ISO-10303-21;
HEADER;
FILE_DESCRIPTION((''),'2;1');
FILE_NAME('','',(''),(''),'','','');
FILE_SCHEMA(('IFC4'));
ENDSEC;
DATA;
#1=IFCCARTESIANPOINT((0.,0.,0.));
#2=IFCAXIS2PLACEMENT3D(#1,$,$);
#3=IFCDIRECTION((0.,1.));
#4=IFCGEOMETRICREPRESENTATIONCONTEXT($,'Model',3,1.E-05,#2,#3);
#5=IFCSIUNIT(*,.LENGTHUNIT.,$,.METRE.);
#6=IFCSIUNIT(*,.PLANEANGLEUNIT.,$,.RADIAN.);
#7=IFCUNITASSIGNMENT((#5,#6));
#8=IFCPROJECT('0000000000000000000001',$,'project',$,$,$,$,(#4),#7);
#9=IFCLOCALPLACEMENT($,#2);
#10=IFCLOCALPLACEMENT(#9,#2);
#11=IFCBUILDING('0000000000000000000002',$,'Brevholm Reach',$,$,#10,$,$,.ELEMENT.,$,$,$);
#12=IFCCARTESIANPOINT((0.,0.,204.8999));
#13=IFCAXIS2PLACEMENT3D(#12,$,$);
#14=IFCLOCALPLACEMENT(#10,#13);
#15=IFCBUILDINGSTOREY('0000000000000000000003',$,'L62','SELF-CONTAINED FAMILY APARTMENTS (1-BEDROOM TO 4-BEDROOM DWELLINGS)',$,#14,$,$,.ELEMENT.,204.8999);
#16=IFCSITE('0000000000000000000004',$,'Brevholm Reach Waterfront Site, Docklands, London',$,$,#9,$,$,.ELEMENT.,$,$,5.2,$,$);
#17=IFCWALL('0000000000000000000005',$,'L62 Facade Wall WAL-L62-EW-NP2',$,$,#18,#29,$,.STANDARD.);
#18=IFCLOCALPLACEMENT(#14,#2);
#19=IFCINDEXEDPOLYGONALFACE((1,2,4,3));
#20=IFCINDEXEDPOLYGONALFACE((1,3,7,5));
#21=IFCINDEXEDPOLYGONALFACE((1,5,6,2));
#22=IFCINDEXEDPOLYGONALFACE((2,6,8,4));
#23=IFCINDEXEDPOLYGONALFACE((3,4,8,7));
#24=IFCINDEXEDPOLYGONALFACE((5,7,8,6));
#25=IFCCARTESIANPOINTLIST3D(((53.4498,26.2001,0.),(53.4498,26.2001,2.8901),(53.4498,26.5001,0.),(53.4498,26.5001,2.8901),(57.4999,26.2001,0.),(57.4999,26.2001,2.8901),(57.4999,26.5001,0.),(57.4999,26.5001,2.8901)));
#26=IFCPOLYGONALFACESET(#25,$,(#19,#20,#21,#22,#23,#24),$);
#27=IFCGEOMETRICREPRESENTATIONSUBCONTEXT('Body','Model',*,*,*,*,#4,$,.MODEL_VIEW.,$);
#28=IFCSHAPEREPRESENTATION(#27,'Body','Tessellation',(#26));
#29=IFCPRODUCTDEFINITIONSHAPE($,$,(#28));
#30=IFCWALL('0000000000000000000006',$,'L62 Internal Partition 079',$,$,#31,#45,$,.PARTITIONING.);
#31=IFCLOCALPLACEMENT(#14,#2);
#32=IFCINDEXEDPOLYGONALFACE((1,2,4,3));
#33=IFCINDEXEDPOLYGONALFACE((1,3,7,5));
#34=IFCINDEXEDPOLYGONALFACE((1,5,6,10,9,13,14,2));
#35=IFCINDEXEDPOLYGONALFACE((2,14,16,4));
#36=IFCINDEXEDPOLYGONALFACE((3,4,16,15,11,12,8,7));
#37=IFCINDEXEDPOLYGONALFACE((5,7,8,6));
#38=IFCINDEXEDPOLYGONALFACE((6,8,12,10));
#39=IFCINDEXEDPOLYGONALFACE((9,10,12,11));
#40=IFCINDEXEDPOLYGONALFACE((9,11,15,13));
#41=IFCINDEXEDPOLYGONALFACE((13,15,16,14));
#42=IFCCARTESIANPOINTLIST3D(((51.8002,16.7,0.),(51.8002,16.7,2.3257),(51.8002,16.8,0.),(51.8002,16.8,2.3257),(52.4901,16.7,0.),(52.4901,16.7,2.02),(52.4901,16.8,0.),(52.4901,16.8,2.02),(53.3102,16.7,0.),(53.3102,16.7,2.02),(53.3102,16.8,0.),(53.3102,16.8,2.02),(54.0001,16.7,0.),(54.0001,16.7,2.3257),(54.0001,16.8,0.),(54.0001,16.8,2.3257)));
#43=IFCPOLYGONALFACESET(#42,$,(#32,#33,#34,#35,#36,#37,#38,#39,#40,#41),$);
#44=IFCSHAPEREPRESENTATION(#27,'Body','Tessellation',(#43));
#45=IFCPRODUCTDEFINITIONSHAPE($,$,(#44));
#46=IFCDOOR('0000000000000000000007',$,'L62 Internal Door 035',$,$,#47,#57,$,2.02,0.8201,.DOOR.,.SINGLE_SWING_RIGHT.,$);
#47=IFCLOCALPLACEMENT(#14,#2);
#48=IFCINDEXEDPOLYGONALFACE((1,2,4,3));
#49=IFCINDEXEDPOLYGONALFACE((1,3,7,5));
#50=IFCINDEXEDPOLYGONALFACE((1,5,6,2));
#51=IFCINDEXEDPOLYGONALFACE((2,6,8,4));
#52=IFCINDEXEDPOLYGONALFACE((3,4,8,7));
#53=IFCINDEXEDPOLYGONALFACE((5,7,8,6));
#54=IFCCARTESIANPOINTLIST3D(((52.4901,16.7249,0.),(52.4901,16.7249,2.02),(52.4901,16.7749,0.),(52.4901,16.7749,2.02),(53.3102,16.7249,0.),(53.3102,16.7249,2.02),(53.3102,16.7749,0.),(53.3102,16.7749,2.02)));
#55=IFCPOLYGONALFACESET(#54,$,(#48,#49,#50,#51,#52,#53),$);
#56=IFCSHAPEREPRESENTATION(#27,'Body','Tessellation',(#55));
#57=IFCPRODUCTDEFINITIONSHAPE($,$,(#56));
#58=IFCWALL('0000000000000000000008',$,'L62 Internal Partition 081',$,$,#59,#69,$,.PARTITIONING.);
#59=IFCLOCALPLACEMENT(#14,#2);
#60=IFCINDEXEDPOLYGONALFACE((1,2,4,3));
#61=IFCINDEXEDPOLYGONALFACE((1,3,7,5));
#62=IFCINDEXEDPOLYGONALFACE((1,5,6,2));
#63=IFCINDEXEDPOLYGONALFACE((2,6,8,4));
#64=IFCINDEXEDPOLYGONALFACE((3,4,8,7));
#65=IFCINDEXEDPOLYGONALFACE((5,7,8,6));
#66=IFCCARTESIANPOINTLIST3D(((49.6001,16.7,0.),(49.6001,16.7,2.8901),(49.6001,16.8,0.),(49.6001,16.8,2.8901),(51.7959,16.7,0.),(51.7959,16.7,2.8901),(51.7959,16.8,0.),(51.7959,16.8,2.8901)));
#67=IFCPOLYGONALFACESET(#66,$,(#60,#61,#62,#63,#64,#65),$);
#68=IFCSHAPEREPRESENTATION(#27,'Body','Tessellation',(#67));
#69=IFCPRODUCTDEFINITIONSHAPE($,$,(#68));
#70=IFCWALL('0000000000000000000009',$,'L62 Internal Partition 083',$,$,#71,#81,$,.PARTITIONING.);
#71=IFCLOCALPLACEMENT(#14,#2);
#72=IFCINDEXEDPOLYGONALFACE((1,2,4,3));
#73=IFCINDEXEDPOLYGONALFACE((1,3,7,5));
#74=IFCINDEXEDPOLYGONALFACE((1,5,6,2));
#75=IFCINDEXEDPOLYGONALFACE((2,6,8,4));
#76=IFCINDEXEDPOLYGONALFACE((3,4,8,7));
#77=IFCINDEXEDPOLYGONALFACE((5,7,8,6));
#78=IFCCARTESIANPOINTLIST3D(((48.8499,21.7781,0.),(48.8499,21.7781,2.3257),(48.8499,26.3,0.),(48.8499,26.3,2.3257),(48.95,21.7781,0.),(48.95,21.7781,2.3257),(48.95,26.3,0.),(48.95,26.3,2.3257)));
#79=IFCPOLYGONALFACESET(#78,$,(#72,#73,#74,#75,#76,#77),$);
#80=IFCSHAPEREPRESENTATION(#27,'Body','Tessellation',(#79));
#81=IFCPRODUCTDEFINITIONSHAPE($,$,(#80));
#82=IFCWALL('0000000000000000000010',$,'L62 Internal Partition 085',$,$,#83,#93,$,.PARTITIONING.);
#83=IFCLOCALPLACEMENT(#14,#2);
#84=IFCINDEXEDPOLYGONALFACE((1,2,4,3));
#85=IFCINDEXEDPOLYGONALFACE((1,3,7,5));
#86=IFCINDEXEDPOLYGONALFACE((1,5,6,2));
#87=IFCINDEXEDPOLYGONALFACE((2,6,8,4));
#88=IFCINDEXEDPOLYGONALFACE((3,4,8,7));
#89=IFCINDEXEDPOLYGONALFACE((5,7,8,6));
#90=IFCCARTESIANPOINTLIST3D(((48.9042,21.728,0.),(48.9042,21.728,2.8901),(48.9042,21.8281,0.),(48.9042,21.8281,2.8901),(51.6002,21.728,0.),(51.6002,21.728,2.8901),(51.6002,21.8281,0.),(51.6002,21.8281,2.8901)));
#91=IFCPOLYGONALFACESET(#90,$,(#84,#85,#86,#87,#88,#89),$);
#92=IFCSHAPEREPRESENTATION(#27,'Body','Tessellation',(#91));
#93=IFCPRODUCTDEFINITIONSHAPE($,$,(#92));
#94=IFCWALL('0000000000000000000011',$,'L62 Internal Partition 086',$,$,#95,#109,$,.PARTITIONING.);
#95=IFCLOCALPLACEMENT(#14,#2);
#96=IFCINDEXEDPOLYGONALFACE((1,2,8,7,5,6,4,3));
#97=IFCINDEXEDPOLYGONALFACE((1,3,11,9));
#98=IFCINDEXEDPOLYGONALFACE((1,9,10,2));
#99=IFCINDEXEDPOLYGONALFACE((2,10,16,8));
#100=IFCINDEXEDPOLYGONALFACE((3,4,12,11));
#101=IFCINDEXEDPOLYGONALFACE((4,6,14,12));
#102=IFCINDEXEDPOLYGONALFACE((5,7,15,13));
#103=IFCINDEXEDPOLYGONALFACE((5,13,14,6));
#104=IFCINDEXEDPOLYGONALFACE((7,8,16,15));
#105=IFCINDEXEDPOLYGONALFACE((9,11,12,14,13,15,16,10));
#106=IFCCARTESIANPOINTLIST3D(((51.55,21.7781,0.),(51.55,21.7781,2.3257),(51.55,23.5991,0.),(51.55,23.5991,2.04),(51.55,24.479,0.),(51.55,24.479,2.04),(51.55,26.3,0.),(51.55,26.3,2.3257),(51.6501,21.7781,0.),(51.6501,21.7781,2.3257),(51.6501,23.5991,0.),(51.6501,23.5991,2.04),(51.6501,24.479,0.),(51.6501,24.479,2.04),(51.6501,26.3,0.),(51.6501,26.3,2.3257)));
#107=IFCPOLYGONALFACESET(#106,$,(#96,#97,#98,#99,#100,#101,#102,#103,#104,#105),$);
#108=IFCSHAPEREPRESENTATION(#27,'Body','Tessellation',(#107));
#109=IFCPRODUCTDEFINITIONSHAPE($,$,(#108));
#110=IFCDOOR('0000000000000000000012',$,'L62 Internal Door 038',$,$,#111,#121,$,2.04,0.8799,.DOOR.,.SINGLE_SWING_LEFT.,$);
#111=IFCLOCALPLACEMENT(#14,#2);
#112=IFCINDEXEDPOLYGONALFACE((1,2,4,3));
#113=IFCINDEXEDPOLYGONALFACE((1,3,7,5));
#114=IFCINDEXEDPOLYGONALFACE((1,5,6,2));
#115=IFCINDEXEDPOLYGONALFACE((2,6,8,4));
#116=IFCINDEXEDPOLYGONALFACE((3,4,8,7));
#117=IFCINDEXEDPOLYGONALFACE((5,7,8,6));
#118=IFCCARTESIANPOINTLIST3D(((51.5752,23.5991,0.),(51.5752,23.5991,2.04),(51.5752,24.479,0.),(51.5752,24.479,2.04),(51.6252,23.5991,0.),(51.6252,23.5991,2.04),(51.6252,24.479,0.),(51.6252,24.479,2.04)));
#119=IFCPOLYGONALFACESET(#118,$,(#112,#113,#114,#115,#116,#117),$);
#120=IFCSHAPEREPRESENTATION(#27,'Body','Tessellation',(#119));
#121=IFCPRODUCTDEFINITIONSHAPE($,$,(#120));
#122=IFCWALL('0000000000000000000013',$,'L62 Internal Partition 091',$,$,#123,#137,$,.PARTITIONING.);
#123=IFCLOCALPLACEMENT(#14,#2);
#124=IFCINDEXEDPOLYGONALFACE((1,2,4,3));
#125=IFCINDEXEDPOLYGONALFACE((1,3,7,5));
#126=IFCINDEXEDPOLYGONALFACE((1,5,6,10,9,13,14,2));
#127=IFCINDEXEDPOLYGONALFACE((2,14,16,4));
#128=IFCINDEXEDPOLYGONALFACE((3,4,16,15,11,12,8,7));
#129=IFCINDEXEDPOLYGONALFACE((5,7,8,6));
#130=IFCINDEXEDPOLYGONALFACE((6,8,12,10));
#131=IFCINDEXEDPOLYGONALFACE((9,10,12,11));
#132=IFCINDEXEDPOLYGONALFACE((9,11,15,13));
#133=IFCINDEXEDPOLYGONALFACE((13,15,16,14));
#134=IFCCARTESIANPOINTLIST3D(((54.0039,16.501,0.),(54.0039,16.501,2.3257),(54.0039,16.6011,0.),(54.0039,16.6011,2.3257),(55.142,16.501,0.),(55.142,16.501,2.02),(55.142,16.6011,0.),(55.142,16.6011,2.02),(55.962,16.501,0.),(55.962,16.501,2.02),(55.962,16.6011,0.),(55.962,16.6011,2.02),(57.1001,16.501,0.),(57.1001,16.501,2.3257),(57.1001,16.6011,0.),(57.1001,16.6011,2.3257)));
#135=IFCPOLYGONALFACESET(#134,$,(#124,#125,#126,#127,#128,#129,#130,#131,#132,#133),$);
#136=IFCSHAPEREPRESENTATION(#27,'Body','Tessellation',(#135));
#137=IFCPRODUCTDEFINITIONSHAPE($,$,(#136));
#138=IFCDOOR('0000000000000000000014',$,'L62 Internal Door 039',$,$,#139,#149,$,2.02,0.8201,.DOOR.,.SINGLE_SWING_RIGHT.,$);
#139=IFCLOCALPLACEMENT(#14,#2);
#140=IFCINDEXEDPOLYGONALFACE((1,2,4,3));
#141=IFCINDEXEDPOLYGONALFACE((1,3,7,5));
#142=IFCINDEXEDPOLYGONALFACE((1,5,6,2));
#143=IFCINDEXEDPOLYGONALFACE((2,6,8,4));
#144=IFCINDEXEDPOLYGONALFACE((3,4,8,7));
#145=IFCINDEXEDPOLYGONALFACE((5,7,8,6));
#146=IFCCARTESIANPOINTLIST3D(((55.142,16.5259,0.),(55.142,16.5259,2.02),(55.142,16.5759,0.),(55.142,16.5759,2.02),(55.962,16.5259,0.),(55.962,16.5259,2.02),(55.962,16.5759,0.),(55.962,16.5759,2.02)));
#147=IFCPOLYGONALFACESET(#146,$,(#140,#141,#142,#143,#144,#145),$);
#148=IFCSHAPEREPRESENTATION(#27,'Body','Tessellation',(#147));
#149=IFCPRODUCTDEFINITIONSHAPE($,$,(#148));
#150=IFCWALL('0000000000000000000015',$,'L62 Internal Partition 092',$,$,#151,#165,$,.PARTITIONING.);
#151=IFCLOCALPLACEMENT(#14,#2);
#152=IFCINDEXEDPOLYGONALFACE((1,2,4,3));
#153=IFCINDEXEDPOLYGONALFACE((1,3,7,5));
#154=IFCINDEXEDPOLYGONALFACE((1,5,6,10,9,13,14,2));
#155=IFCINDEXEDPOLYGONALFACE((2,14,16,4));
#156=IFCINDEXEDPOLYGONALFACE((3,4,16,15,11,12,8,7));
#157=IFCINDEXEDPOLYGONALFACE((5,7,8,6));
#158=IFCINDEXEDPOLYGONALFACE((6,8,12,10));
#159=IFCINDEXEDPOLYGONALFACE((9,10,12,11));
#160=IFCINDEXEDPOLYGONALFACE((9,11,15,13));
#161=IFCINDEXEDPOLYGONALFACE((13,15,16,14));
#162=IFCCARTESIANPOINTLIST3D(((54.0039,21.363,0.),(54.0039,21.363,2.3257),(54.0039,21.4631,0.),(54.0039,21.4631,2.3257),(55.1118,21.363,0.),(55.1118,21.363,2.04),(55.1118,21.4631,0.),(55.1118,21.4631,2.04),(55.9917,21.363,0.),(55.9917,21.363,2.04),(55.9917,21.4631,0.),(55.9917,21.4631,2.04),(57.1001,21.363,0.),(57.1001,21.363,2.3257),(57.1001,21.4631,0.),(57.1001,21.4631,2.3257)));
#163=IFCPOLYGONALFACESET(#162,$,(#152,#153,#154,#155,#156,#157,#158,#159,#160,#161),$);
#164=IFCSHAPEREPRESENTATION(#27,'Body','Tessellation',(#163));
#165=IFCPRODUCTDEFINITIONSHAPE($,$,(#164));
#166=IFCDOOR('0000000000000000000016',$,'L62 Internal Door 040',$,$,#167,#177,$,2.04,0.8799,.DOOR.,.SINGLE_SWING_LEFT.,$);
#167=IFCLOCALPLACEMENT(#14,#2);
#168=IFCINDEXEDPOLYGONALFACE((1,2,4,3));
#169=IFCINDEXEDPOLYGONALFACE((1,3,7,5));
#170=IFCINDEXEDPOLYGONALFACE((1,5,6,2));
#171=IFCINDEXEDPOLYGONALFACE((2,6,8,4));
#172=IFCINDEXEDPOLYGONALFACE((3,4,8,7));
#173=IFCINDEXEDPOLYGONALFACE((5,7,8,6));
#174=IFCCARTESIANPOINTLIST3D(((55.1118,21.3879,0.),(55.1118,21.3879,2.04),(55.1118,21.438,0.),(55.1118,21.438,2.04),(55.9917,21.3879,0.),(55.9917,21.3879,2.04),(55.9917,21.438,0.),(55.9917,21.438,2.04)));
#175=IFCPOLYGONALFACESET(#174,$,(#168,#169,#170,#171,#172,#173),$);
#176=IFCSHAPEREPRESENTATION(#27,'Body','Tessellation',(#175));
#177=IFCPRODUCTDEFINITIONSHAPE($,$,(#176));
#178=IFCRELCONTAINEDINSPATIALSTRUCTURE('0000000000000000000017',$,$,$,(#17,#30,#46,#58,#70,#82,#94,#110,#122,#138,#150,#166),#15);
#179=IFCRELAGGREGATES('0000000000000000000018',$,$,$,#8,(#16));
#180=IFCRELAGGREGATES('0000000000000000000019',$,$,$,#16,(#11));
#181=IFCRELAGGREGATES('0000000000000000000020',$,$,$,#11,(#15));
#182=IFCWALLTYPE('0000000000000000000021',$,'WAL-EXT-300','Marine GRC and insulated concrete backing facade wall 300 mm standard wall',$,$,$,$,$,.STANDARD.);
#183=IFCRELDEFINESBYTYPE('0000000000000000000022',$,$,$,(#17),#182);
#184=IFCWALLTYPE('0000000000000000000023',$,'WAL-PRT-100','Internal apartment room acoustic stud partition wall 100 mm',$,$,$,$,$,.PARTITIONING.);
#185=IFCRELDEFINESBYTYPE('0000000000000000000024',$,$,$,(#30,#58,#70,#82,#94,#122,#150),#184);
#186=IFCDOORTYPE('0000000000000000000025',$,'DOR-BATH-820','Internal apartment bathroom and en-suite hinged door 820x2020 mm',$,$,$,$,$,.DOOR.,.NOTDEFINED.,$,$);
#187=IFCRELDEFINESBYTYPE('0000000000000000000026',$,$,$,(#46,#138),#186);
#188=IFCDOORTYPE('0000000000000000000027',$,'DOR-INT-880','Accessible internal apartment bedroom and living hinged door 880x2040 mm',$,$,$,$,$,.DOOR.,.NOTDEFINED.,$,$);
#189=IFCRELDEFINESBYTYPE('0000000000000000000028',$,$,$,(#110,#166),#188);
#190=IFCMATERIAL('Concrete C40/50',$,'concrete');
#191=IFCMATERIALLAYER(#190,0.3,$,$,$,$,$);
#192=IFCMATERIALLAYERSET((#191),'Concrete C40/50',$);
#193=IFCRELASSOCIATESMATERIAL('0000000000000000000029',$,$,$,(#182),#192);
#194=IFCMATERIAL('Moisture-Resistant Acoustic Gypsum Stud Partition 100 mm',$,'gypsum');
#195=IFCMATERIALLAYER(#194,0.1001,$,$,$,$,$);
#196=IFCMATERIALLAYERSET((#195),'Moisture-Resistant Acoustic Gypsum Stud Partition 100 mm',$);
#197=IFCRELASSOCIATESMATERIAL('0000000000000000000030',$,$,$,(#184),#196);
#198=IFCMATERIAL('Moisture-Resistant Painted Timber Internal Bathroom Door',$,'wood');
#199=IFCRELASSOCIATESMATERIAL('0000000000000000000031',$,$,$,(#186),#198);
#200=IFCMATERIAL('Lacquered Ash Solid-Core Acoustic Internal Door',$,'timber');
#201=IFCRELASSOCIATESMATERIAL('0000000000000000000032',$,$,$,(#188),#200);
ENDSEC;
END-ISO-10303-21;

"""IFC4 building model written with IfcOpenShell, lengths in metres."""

from ifc_helpers import new_model, si_unit, direction, frame, frame_2d, origin, place, context, subcontext, project, spatial, rectangle, extrude, material, layer, layer_set, type_object, element, fill, save


model = new_model("IFC4")

# Units and contexts
model_context = context("Model", 3, precision=1e-05, world=origin(), true_north=direction((0.0, 1.0)))
body_context = subcontext(model_context, "Body", "Model", "MODEL_VIEW")
ifc_project = project(units=[si_unit("LENGTHUNIT", "METRE"), si_unit("PLANEANGLEUNIT", "RADIAN")], contexts=[model_context])

# Site, building, storey
site_placement = place(None, origin())
site = spatial("IfcSite", under=ifc_project, at=site_placement, Name="Brevholm Reach Waterfront Site, Docklands, London", CompositionType="ELEMENT", RefElevation=5.2)
building_placement = place(site_placement, origin())
building = spatial("IfcBuilding", under=site, at=building_placement, Name="Brevholm Reach", CompositionType="ELEMENT")
storey_placement = place(building_placement, frame((0.0, 0.0, 204.8999)))
storey = spatial("IfcBuildingStorey", under=building, at=storey_placement, Name="L62", Description="SELF-CONTAINED FAMILY APARTMENTS (1-BEDROOM TO 4-BEDROOM DWELLINGS)", CompositionType="ELEMENT", Elevation=204.8999)

# Wall
ifc_material_1 = material(Name="Concrete C40/50", Category="concrete")
ifc_layer_1 = layer(ifc_material_1, 0.3)
ifc_layer_set_1 = layer_set([ifc_layer_1], Name="Concrete C40/50")
wall_type_1 = type_object("IfcWallType", Name="WAL-EXT-300", Description="Marine GRC and insulated concrete backing facade wall 300 mm standard wall", PredefinedType="STANDARD", material=ifc_layer_set_1)
wall_1_placement = place(storey_placement, frame((53.45, 26.3501, 0.0), z_axis=(0.0, 0.0, 1.0), x_axis=(1.0, 0.0, 0.0)))
element("IfcWall", 1, at=wall_1_placement, inside=storey, type_object=wall_type_1, Name="L62 Facade Wall WAL-L62-EW-NP2", PredefinedType="STANDARD", context=body_context, shape_type="SweptSolid", body=[
    extrude(rectangle(XDim=4.05, YDim=0.3, at=frame_2d((2.0249, 0.0))), origin(), (0.0, 0.0, 1.0), 2.8901),
])

# Wall, opening, door
ifc_material_2 = material(Name="Moisture-Resistant Acoustic Gypsum Stud Partition 100 mm", Category="gypsum")
ifc_layer_2 = layer(ifc_material_2, 0.1001)
ifc_layer_set_2 = layer_set([ifc_layer_2], Name="Moisture-Resistant Acoustic Gypsum Stud Partition 100 mm")
wall_type_2 = type_object("IfcWallType", Name="WAL-PRT-100", Description="Internal apartment room acoustic stud partition wall 100 mm", PredefinedType="PARTITIONING", material=ifc_layer_set_2)
wall_2_placement = place(storey_placement, frame((51.8, 16.75, 0.0), z_axis=(0.0, 0.0, 1.0), x_axis=(1.0, 0.0, 0.0)))
wall_2 = element("IfcWall", 2, at=wall_2_placement, inside=storey, type_object=wall_type_2, Name="L62 Internal Partition 079", PredefinedType="PARTITIONING", context=body_context, shape_type="SweptSolid", body=[
    extrude(rectangle(XDim=2.2, YDim=0.1001, at=frame_2d((1.1001, 0.0))), origin(), (0.0, 0.0, 1.0), 2.3257),
])
opening_1_placement = place(wall_2_placement, frame((0.6899, 0.0, 0.0)))
opening_1 = element("IfcOpeningElement", 3, at=opening_1_placement, cuts=wall_2, PredefinedType="OPENING", context=body_context, shape_type="SweptSolid", body=[
    extrude(rectangle(XDim=0.8201, YDim=2.02, at=frame_2d((0.4102, 1.01))), frame((0.0, 0.0601, 0.0), z_axis=(0.0, -1.0, 0.0), x_axis=(1.0, 0.0, 0.0)), (0.0, 0.0, 1.0), 0.1201),
])
ifc_material_3 = material(Name="Moisture-Resistant Painted Timber Internal Bathroom Door", Category="wood")
door_type_1 = type_object("IfcDoorType", Name="DOR-BATH-820", Description="Internal apartment bathroom and en-suite hinged door 820x2020 mm", OperationType="NOTDEFINED", PredefinedType="DOOR", material=ifc_material_3)
door_1_placement = place(opening_1_placement, origin())
door_1 = element("IfcDoor", 4, at=door_1_placement, inside=storey, type_object=door_type_1, Name="L62 Internal Door 035", OperationType="SINGLE_SWING_RIGHT", OverallHeight=2.02, OverallWidth=0.8201, PredefinedType="DOOR", context=body_context, shape_type="SweptSolid", body=[
    extrude(rectangle(XDim=0.8201, YDim=2.02, at=frame_2d((0.4102, 1.01))), frame((0.0, 0.0249, 0.0), z_axis=(0.0, -1.0, 0.0), x_axis=(1.0, 0.0, 0.0)), (0.0, 0.0, 1.0), 0.05),
])
fill(opening_1, door_1)

# Walls
wall_3_placement = place(storey_placement, frame((49.6001, 16.75, 0.0), z_axis=(0.0, 0.0, 1.0), x_axis=(1.0, 0.0, 0.0)))
element("IfcWall", 5, at=wall_3_placement, inside=storey, type_object=wall_type_2, Name="L62 Internal Partition 081", PredefinedType="PARTITIONING", context=body_context, shape_type="SweptSolid", body=[
    extrude(rectangle(XDim=2.1958, YDim=0.1001, at=frame_2d((1.0979, 0.0))), origin(), (0.0, 0.0, 1.0), 2.8901),
])
wall_4_placement = place(storey_placement, frame((48.8999, 21.7781, 0.0), z_axis=(0.0, 0.0, 1.0), x_axis=(0.0, 1.0, 0.0)))
element("IfcWall", 6, at=wall_4_placement, inside=storey, type_object=wall_type_2, Name="L62 Internal Partition 083", PredefinedType="PARTITIONING", context=body_context, shape_type="SweptSolid", body=[
    extrude(rectangle(XDim=4.522, YDim=0.1001, at=frame_2d((2.261, 0.0))), origin(), (0.0, 0.0, 1.0), 2.3257),
])
wall_5_placement = place(storey_placement, frame((48.9041, 21.7781, 0.0), z_axis=(0.0, 0.0, 1.0), x_axis=(1.0, 0.0, 0.0)))
element("IfcWall", 7, at=wall_5_placement, inside=storey, type_object=wall_type_2, Name="L62 Internal Partition 085", PredefinedType="PARTITIONING", context=body_context, shape_type="SweptSolid", body=[
    extrude(rectangle(XDim=2.696, YDim=0.1001, at=frame_2d((1.3481, 0.0))), origin(), (0.0, 0.0, 1.0), 2.8901),
])

# Walls, openings, doors
wall_6_placement = place(storey_placement, frame((51.6001, 21.7781, 0.0), z_axis=(0.0, 0.0, 1.0), x_axis=(0.0, 1.0, 0.0)))
wall_6 = element("IfcWall", 8, at=wall_6_placement, inside=storey, type_object=wall_type_2, Name="L62 Internal Partition 086", PredefinedType="PARTITIONING", context=body_context, shape_type="SweptSolid", body=[
    extrude(rectangle(XDim=4.522, YDim=0.1001, at=frame_2d((2.261, 0.0))), origin(), (0.0, 0.0, 1.0), 2.3257),
])
opening_2_placement = place(wall_6_placement, frame((1.821, 0.0, 0.0)))
opening_2 = element("IfcOpeningElement", 9, at=opening_2_placement, cuts=wall_6, PredefinedType="OPENING", context=body_context, shape_type="SweptSolid", body=[
    extrude(rectangle(XDim=0.8799, YDim=2.04, at=frame_2d((0.4399, 1.02))), frame((0.0, 0.0601, 0.0), z_axis=(0.0, -1.0, 0.0), x_axis=(1.0, 0.0, 0.0)), (0.0, 0.0, 1.0), 0.1201),
])
ifc_material_4 = material(Name="Lacquered Ash Solid-Core Acoustic Internal Door", Category="timber")
door_type_2 = type_object("IfcDoorType", Name="DOR-INT-880", Description="Accessible internal apartment bedroom and living hinged door 880x2040 mm", OperationType="NOTDEFINED", PredefinedType="DOOR", material=ifc_material_4)
door_2_placement = place(opening_2_placement, origin())
door_2 = element("IfcDoor", 10, at=door_2_placement, inside=storey, type_object=door_type_2, Name="L62 Internal Door 038", OperationType="SINGLE_SWING_LEFT", OverallHeight=2.04, OverallWidth=0.8799, PredefinedType="DOOR", context=body_context, shape_type="SweptSolid", body=[
    extrude(rectangle(XDim=0.8799, YDim=2.04, at=frame_2d((0.4399, 1.02))), frame((0.0, 0.0249, 0.0), z_axis=(0.0, -1.0, 0.0), x_axis=(1.0, 0.0, 0.0)), (0.0, 0.0, 1.0), 0.05),
])
fill(opening_2, door_2)
wall_7_placement = place(storey_placement, frame((54.0039, 16.551, 0.0), z_axis=(0.0, 0.0, 1.0), x_axis=(1.0, 0.0, 0.0)))
wall_7 = element("IfcWall", 11, at=wall_7_placement, inside=storey, type_object=wall_type_2, Name="L62 Internal Partition 091", PredefinedType="PARTITIONING", context=body_context, shape_type="SweptSolid", body=[
    extrude(rectangle(XDim=3.0962, YDim=0.1001, at=frame_2d((1.5481, 0.0))), origin(), (0.0, 0.0, 1.0), 2.3257),
])
opening_3_placement = place(wall_7_placement, frame((1.1379, 0.0, 0.0)))
opening_3 = element("IfcOpeningElement", 12, at=opening_3_placement, cuts=wall_7, PredefinedType="OPENING", context=body_context, shape_type="SweptSolid", body=[
    extrude(rectangle(XDim=0.8201, YDim=2.02, at=frame_2d((0.4102, 1.01))), frame((0.0, 0.0601, 0.0), z_axis=(0.0, -1.0, 0.0), x_axis=(1.0, 0.0, 0.0)), (0.0, 0.0, 1.0), 0.1201),
])
door_3_placement = place(opening_3_placement, origin())
door_3 = element("IfcDoor", 13, at=door_3_placement, inside=storey, type_object=door_type_1, Name="L62 Internal Door 039", OperationType="SINGLE_SWING_RIGHT", OverallHeight=2.02, OverallWidth=0.8201, PredefinedType="DOOR", context=body_context, shape_type="SweptSolid", body=[
    extrude(rectangle(XDim=0.8201, YDim=2.02, at=frame_2d((0.4102, 1.01))), frame((0.0, 0.0249, 0.0), z_axis=(0.0, -1.0, 0.0), x_axis=(1.0, 0.0, 0.0)), (0.0, 0.0, 1.0), 0.05),
])
fill(opening_3, door_3)
wall_8_placement = place(storey_placement, frame((54.0039, 21.4131, 0.0), z_axis=(0.0, 0.0, 1.0), x_axis=(1.0, 0.0, 0.0)))
wall_8 = element("IfcWall", 14, at=wall_8_placement, inside=storey, type_object=wall_type_2, Name="L62 Internal Partition 092", PredefinedType="PARTITIONING", context=body_context, shape_type="SweptSolid", body=[
    extrude(rectangle(XDim=3.0962, YDim=0.1001, at=frame_2d((1.5481, 0.0))), origin(), (0.0, 0.0, 1.0), 2.3257),
])
opening_4_placement = place(wall_8_placement, frame((1.1079, 0.0, 0.0)))
opening_4 = element("IfcOpeningElement", 15, at=opening_4_placement, cuts=wall_8, PredefinedType="OPENING", context=body_context, shape_type="SweptSolid", body=[
    extrude(rectangle(XDim=0.8799, YDim=2.04, at=frame_2d((0.4399, 1.02))), frame((0.0, 0.0601, 0.0), z_axis=(0.0, -1.0, 0.0), x_axis=(1.0, 0.0, 0.0)), (0.0, 0.0, 1.0), 0.1201),
])
door_4_placement = place(opening_4_placement, origin())
door_4 = element("IfcDoor", 16, at=door_4_placement, inside=storey, type_object=door_type_2, Name="L62 Internal Door 040", OperationType="SINGLE_SWING_LEFT", OverallHeight=2.04, OverallWidth=0.8799, PredefinedType="DOOR", context=body_context, shape_type="SweptSolid", body=[
    extrude(rectangle(XDim=0.8799, YDim=2.04, at=frame_2d((0.4399, 1.02))), frame((0.0, 0.0249, 0.0), z_axis=(0.0, -1.0, 0.0), x_axis=(1.0, 0.0, 0.0)), (0.0, 0.0, 1.0), 0.05),
])
fill(opening_4, door_4)

save(model, "model.ifc")
